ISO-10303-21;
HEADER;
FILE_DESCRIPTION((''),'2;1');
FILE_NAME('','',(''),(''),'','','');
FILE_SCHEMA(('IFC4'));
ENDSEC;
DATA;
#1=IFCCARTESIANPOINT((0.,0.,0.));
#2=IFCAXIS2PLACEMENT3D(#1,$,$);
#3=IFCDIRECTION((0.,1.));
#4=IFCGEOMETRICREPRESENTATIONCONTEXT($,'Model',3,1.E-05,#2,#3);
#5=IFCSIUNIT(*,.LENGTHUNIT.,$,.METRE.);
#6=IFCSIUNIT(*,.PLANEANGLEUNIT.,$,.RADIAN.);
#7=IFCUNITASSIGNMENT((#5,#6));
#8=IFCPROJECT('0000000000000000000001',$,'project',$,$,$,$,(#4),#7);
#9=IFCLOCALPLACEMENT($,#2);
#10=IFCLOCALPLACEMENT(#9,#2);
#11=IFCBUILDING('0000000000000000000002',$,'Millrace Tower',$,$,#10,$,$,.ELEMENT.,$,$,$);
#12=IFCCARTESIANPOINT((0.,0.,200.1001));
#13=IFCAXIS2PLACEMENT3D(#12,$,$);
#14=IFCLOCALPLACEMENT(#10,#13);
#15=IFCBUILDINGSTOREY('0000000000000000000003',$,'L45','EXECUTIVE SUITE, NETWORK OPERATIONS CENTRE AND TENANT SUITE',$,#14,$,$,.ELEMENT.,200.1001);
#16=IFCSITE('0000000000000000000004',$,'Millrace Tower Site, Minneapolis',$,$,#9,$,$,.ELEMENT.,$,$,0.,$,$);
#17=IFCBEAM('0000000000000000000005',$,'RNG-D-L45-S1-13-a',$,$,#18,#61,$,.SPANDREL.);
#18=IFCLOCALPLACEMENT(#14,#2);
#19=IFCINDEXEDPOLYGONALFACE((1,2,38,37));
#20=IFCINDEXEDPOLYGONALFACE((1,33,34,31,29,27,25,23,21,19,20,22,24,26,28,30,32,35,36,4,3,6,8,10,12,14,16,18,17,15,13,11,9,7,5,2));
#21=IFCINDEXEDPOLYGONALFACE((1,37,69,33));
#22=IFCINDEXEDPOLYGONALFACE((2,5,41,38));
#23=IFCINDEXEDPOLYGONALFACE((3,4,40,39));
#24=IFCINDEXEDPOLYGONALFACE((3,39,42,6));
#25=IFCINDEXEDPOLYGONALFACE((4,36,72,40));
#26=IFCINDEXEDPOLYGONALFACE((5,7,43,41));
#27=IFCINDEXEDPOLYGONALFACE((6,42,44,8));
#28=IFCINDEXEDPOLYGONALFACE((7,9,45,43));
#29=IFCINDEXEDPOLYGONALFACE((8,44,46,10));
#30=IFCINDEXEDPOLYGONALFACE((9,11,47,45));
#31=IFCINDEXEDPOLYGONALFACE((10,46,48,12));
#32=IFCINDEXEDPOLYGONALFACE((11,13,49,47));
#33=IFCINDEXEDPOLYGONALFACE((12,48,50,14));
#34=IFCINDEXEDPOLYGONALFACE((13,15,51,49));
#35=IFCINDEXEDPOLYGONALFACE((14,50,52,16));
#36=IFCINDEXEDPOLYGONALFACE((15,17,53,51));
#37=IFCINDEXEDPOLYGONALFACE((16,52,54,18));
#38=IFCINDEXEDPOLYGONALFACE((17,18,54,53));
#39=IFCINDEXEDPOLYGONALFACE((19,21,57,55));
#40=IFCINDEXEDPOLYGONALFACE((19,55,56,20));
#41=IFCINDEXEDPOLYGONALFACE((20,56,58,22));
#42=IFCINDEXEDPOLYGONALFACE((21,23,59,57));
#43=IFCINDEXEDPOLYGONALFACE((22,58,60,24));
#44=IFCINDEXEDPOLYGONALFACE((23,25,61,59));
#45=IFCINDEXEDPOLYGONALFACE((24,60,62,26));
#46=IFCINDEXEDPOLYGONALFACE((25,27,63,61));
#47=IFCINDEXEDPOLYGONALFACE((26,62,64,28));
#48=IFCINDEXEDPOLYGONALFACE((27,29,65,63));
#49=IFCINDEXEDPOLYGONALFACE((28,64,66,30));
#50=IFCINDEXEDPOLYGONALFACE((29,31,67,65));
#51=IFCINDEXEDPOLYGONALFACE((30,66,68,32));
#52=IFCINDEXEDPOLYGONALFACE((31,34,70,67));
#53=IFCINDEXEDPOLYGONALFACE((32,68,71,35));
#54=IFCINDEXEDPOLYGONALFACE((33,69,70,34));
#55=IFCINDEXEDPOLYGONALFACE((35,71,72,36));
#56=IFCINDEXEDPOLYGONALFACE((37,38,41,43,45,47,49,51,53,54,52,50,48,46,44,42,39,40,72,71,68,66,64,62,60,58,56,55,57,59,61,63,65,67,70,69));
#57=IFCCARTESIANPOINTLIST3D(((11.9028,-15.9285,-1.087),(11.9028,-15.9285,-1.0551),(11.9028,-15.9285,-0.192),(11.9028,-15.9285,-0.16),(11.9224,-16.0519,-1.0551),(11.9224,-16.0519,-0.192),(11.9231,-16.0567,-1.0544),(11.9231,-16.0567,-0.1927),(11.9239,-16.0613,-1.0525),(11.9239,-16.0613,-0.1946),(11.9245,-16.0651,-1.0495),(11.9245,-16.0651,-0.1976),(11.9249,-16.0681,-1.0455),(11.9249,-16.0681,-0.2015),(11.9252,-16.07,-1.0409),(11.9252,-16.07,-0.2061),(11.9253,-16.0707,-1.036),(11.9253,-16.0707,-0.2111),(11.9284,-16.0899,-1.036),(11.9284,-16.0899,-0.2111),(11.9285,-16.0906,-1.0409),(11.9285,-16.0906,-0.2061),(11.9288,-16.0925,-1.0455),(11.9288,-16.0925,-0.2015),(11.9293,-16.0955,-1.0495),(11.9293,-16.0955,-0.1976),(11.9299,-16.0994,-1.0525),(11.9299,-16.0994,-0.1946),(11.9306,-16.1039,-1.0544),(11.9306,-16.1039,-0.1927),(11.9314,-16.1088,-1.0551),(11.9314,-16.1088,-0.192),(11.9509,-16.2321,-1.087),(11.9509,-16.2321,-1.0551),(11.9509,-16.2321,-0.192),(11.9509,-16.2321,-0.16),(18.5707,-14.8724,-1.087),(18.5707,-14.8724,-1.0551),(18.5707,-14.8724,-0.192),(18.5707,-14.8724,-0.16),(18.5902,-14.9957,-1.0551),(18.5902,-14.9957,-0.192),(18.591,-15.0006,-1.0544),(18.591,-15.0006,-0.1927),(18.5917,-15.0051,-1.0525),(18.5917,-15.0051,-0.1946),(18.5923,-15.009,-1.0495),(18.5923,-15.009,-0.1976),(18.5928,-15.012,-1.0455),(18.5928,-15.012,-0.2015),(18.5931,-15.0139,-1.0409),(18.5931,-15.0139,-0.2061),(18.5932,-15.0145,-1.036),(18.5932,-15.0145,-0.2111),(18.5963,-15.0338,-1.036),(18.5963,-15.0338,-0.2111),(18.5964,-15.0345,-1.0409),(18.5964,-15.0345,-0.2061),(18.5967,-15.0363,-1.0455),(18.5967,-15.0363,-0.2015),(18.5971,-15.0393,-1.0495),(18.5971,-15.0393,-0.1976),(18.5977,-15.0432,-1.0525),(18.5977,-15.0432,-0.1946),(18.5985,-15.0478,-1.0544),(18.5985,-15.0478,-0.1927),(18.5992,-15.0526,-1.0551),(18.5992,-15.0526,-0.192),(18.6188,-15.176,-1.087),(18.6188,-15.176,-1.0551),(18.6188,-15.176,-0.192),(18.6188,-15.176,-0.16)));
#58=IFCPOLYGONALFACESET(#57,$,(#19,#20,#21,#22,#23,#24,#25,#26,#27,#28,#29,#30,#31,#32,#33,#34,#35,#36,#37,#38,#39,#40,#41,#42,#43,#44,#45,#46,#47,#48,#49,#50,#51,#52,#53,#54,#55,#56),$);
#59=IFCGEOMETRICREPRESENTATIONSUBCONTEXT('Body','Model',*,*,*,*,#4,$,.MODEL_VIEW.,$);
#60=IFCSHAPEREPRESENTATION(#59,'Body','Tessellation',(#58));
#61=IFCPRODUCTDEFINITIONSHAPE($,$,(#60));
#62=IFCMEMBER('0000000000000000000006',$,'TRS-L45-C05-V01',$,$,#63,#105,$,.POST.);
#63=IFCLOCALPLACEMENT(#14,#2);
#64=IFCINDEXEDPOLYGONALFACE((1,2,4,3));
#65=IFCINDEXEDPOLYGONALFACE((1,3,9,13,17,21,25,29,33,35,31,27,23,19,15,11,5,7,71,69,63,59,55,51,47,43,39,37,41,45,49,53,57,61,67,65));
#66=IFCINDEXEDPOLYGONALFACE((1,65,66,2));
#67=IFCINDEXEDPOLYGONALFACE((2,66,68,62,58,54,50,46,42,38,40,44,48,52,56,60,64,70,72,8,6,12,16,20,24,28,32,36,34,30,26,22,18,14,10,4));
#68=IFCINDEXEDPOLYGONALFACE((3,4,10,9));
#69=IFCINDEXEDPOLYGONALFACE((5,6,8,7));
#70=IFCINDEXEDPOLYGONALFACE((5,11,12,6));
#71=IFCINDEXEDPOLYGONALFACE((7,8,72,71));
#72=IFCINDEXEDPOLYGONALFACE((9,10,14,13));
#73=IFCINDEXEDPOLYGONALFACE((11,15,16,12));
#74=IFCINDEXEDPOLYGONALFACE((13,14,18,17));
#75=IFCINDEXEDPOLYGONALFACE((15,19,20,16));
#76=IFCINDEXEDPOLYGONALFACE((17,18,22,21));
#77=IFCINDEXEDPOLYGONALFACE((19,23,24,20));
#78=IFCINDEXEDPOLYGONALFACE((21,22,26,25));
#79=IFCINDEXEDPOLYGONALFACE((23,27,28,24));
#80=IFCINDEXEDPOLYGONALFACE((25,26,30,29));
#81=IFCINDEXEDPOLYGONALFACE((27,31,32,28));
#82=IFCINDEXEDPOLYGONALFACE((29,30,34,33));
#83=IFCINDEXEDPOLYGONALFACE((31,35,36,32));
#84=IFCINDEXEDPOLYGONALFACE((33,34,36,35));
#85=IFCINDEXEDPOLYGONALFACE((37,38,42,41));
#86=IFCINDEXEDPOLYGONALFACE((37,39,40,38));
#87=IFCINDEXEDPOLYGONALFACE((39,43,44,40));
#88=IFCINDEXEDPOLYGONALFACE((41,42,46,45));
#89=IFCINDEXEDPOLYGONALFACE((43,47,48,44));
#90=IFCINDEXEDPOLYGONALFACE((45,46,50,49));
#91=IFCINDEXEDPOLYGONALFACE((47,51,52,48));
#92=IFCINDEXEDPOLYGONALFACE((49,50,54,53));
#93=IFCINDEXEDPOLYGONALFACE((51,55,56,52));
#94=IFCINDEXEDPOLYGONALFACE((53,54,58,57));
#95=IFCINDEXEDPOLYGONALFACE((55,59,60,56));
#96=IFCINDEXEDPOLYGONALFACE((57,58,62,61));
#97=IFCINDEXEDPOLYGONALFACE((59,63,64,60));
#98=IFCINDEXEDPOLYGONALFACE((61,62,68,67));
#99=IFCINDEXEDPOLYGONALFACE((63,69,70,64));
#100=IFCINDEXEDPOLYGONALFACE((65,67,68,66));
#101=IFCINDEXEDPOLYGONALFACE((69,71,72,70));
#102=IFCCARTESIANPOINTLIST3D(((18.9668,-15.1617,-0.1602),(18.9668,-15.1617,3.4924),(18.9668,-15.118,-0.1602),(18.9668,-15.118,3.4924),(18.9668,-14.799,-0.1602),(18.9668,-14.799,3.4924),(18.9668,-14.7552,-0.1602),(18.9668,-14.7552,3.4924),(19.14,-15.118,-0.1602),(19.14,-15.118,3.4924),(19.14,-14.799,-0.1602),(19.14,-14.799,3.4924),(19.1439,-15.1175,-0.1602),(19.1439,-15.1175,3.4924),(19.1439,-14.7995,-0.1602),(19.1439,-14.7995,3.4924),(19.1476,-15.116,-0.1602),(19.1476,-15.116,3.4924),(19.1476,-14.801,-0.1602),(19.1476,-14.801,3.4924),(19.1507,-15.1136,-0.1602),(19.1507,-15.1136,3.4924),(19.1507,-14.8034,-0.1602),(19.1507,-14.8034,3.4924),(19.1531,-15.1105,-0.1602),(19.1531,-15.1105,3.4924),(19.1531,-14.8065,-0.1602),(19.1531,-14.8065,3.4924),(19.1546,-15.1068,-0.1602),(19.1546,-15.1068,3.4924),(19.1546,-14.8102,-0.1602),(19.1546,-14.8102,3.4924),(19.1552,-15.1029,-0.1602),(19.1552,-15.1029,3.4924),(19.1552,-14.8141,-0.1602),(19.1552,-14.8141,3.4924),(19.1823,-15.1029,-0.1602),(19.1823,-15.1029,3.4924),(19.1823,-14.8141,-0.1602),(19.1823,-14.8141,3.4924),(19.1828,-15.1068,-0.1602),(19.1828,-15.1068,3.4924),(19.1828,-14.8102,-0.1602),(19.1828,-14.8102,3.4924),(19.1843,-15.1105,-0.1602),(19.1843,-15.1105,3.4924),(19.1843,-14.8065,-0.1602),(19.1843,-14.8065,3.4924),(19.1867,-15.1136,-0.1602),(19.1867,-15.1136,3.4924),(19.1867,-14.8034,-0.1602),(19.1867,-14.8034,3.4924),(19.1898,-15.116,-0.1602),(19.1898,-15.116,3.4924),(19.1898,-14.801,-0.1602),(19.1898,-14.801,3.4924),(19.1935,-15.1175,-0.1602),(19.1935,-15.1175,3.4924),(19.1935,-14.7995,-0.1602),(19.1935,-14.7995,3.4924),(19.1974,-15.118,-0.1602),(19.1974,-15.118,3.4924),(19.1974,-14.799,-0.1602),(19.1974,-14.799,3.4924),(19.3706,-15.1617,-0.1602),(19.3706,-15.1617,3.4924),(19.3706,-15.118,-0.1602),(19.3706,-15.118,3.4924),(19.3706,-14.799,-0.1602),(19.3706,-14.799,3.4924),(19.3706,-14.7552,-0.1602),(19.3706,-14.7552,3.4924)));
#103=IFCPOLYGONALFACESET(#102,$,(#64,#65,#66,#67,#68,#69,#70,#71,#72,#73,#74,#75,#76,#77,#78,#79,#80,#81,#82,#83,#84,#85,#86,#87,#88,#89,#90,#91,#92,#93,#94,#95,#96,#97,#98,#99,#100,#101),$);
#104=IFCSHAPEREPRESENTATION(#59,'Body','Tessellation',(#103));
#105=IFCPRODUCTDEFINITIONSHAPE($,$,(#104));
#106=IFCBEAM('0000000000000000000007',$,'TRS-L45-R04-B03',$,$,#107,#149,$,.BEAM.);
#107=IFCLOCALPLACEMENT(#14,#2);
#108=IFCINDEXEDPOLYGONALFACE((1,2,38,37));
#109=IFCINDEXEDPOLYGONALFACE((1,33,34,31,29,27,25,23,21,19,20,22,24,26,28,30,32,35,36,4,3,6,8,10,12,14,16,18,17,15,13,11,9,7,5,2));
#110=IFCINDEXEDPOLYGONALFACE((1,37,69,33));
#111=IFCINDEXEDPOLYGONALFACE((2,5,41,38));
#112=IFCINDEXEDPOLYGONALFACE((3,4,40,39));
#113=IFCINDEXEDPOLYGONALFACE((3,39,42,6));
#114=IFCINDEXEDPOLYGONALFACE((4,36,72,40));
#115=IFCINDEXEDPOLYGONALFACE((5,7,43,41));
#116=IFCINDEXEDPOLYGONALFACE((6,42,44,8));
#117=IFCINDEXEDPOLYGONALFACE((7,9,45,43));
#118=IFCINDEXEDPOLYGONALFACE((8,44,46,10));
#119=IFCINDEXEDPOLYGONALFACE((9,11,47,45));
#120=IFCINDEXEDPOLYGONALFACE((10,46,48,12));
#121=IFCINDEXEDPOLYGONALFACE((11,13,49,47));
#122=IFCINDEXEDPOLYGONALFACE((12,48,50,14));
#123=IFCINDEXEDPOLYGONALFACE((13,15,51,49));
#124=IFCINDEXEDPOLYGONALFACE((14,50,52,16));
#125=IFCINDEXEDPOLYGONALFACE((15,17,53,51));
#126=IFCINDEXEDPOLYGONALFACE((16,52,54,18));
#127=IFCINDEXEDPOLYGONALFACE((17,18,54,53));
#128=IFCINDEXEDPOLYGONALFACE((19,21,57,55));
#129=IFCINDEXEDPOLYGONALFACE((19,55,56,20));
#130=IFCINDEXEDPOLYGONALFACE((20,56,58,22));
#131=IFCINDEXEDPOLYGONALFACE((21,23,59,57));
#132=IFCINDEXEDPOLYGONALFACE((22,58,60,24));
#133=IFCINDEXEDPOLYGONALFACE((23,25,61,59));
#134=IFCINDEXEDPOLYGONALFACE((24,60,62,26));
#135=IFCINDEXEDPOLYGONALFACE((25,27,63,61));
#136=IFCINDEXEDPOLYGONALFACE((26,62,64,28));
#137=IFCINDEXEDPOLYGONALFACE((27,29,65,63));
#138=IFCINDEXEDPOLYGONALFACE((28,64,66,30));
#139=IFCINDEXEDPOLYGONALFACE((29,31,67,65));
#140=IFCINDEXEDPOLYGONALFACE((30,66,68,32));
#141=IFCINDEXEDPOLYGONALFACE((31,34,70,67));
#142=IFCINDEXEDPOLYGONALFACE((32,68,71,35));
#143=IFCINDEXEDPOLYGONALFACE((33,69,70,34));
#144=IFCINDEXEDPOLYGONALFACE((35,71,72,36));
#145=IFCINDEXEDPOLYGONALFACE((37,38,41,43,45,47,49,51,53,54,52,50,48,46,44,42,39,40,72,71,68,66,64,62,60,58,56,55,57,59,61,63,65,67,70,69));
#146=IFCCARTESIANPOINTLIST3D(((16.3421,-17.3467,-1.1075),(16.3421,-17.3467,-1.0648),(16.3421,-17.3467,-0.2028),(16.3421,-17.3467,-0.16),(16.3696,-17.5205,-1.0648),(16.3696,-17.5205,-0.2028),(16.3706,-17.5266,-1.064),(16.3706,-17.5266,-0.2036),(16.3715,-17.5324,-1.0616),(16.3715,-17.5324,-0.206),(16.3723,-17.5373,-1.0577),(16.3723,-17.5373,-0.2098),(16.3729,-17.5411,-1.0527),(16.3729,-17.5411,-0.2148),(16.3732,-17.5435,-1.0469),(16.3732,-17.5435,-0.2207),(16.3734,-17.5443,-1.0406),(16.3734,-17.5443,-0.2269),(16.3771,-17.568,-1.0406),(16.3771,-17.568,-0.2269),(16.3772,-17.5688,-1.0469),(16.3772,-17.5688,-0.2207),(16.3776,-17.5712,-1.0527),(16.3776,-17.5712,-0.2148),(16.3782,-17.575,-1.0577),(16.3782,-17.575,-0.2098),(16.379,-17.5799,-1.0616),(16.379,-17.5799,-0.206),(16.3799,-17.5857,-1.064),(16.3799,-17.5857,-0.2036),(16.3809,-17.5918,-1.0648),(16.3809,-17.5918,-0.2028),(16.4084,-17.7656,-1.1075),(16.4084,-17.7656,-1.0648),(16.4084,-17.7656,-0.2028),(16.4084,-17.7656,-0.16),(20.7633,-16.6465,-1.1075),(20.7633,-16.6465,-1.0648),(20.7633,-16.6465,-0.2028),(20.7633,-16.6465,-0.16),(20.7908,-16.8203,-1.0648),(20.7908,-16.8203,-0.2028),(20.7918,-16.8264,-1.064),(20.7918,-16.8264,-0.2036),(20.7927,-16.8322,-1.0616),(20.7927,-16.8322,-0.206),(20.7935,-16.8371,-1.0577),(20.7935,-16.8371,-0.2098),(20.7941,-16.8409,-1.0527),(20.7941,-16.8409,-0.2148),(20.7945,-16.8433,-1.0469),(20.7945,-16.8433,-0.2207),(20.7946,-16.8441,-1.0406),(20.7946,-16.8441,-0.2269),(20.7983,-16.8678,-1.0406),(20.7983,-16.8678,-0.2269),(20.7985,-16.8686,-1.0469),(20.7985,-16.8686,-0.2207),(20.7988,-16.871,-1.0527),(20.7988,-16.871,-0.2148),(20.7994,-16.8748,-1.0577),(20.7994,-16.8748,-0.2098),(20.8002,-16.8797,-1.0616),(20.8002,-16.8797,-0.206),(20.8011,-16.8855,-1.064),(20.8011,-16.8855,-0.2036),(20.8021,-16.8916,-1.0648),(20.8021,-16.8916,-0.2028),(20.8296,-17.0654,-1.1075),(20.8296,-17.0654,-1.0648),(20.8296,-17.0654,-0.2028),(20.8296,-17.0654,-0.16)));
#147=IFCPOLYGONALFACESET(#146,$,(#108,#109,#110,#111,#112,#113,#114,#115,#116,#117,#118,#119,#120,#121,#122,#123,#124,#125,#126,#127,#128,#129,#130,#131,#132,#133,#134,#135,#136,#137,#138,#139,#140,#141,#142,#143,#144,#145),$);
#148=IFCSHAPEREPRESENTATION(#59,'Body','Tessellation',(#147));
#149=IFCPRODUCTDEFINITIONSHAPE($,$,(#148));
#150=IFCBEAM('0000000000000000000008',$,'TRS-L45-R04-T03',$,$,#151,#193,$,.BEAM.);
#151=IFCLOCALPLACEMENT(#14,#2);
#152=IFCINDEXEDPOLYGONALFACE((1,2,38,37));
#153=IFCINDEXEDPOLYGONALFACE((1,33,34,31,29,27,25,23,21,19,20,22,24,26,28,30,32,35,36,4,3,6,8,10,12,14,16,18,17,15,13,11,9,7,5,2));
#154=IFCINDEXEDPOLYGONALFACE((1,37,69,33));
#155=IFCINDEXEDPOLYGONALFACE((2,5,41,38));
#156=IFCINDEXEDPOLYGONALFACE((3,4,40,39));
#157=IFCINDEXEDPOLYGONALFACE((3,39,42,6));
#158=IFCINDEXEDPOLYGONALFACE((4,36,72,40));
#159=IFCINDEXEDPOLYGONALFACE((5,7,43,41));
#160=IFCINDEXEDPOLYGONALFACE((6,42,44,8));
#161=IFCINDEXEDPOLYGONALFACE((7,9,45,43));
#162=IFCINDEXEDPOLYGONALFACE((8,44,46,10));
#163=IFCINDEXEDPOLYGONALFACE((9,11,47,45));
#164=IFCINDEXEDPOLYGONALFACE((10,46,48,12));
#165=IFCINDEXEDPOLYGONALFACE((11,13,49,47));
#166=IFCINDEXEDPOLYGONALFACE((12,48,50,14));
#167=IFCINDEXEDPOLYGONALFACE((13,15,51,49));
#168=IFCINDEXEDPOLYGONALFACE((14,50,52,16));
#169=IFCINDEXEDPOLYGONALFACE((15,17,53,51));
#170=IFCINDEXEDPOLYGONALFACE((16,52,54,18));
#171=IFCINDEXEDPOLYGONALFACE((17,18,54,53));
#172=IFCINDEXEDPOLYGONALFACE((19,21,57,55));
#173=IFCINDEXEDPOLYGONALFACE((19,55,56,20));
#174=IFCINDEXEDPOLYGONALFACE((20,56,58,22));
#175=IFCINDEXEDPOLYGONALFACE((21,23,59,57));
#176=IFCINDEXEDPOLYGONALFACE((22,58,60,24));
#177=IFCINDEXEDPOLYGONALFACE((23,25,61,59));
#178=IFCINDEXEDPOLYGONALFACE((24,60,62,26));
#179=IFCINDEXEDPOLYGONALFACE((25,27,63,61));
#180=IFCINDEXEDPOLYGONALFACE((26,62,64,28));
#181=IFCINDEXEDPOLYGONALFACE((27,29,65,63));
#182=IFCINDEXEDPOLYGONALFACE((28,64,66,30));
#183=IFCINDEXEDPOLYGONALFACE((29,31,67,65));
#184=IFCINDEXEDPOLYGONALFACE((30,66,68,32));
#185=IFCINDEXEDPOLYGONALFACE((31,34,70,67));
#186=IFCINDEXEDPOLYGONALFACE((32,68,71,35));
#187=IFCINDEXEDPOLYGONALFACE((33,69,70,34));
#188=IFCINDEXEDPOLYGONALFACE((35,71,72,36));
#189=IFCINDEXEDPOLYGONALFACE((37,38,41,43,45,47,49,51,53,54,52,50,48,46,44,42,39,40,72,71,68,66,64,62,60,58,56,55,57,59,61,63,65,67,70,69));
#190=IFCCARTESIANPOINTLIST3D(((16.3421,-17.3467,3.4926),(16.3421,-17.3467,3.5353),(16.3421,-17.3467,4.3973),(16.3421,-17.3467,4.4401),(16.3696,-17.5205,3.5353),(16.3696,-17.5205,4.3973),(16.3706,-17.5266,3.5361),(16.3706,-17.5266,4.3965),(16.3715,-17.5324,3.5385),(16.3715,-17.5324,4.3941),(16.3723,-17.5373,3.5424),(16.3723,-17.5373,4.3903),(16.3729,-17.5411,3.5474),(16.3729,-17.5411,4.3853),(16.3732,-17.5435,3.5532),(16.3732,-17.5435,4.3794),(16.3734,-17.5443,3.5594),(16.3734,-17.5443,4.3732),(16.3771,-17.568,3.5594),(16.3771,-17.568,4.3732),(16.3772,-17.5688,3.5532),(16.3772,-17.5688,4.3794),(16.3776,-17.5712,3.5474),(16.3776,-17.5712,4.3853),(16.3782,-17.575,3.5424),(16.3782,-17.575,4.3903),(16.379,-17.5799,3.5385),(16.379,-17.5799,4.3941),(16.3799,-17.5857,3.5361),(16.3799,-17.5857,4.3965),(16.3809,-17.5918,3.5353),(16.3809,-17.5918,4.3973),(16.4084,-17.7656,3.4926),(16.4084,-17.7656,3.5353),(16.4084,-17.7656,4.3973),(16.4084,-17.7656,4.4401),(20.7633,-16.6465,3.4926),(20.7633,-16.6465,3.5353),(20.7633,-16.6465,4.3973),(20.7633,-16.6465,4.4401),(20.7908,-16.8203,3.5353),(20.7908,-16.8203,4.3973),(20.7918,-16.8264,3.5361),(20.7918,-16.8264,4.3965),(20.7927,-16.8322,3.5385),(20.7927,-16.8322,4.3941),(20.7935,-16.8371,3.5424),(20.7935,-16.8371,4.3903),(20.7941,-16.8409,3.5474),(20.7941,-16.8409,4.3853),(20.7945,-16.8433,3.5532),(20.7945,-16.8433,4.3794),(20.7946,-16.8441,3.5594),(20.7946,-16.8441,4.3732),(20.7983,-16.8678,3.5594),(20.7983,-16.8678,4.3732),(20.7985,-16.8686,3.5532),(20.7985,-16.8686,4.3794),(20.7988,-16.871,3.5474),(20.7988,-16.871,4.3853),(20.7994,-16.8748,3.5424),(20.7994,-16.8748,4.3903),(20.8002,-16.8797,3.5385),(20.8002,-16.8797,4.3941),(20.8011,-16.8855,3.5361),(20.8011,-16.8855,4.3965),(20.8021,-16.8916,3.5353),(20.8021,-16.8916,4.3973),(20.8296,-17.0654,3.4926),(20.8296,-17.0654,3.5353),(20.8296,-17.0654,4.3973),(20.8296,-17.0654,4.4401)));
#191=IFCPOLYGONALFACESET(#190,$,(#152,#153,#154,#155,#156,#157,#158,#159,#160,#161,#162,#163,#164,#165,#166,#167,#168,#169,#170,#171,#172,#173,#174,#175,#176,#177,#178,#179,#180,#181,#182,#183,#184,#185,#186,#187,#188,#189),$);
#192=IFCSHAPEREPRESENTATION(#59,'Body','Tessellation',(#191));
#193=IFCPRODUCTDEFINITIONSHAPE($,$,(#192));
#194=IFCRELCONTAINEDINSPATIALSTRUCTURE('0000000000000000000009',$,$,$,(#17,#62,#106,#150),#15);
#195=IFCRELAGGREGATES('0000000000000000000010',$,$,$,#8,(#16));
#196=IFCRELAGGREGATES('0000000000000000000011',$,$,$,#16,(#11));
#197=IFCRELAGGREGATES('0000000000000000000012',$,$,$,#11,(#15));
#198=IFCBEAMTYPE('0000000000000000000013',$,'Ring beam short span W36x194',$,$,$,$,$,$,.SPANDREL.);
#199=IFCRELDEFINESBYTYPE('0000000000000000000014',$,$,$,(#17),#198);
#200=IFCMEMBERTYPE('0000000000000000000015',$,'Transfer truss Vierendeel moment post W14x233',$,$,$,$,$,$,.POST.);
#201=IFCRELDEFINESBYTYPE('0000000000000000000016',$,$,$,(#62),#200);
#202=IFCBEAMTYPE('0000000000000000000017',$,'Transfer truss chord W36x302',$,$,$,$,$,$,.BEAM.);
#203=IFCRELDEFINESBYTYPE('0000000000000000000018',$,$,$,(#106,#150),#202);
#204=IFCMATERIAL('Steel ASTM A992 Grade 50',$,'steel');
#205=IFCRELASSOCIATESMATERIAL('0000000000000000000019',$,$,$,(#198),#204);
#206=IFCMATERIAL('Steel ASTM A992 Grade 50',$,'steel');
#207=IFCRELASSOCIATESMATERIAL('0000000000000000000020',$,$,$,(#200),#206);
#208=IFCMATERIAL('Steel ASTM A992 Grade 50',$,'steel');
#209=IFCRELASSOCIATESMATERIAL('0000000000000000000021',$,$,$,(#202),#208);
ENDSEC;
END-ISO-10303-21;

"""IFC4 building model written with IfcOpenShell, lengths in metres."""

from ifc_helpers import new_model, si_unit, direction, frame, origin, origin_2d, place, context, subcontext, project, spatial, i_section, extrude, material, material_profile, profile_set, type_object, element, save


model = new_model("IFC4")

# Units and contexts
model_context = context("Model", 3, precision=1e-05, world=origin(), true_north=direction((0.0, 1.0)))
body_context = subcontext(model_context, "Body", "Model", "MODEL_VIEW")
ifc_project = project(units=[si_unit("LENGTHUNIT", "METRE"), si_unit("PLANEANGLEUNIT", "RADIAN")], contexts=[model_context])

# Site, building, storey
site_placement = place(None, origin())
site = spatial("IfcSite", under=ifc_project, at=site_placement, Name="Millrace Tower Site, Minneapolis", CompositionType="ELEMENT", RefElevation=0.0)
building_placement = place(site_placement, origin())
building = spatial("IfcBuilding", under=site, at=building_placement, Name="Millrace Tower", CompositionType="ELEMENT")
storey_placement = place(building_placement, frame((0.0, 0.0, 200.1001)))
storey = spatial("IfcBuildingStorey", under=building, at=storey_placement, Name="L45", Description="EXECUTIVE SUITE, NETWORK OPERATIONS CENTRE AND TENANT SUITE", CompositionType="ELEMENT", Elevation=200.1001)

# Beam
ifc_material_1 = material(Name="Steel ASTM A992 Grade 50", Category="steel")
ifc_material_profile_1 = material_profile(ifc_material_1, i_section(OverallWidth=0.3074, OverallDepth=0.927, WebThickness=0.0195, FlangeThickness=0.032, FilletRadius=0.019, at=origin_2d()))
ifc_profile_set_1 = profile_set([ifc_material_profile_1], Name="Steel ASTM A992 Grade 50")
beam_type_1 = type_object("IfcBeamType", Name="Ring beam short span W36x194", PredefinedType="SPANDREL", material=ifc_profile_set_1)
beam_1_placement = place(storey_placement, frame((18.5947, -15.0242, -0.6235), z_axis=(-0.987687, -0.156442, 0.0), x_axis=(0.156442, -0.987687, 0.0)))
element("IfcBeam", 1, at=beam_1_placement, inside=storey, type_object=beam_type_1, Name="RNG-D-L45-S1-13-a", PredefinedType="SPANDREL", context=body_context, shape_type="SweptSolid", body=[
    extrude(i_section(OverallWidth=0.3074, OverallDepth=0.927, WebThickness=0.0195, FlangeThickness=0.032, FilletRadius=0.019, at=origin_2d()), origin(), (0.0, 0.0, 1.0), 6.751),
])

# Member
ifc_material_2 = material(Name="Steel ASTM A992 Grade 50", Category="steel")
ifc_material_profile_2 = material_profile(ifc_material_2, i_section(OverallWidth=0.4038, OverallDepth=0.4065, WebThickness=0.0271, FlangeThickness=0.0437, FilletRadius=0.0151, at=origin_2d()))
ifc_profile_set_2 = profile_set([ifc_material_profile_2], Name="Steel ASTM A992 Grade 50")
member_type_1 = type_object("IfcMemberType", Name="Transfer truss Vierendeel moment post W14x233", PredefinedType="POST", material=ifc_profile_set_2)
member_1_placement = place(storey_placement, frame((19.1687, -14.9585, -0.1602), z_axis=(0.0, 0.0, 1.0), x_axis=(1.0, 0.0, 0.0)))
element("IfcMember", 2, at=member_1_placement, inside=storey, type_object=member_type_1, Name="TRS-L45-C05-V01", PredefinedType="POST", context=body_context, shape_type="SweptSolid", body=[
    extrude(i_section(OverallWidth=0.4038, OverallDepth=0.4065, WebThickness=0.0271, FlangeThickness=0.0437, FilletRadius=0.0151, at=origin_2d()), origin(), (0.0, 0.0, 1.0), 3.6526),
])

# Beams
ifc_material_3 = material(Name="Steel ASTM A992 Grade 50", Category="steel")
ifc_material_profile_3 = material_profile(ifc_material_3, i_section(OverallWidth=0.4241, OverallDepth=0.9475, WebThickness=0.0239, FlangeThickness=0.0427, FilletRadius=0.0242, at=origin_2d()))
ifc_profile_set_3 = profile_set([ifc_material_profile_3], Name="Steel ASTM A992 Grade 50")
beam_type_2 = type_object("IfcBeamType", Name="Transfer truss chord W36x302", PredefinedType="BEAM", material=ifc_profile_set_3)
for number, where, z_axis, x_axis, name in (
    (3, (16.3752, -17.5562, -0.6338), (0.98769, 0.156425, 0.0), (-0.156425, 0.98769, 0.0), "TRS-L45-R04-B03"),
    (4, (16.3752, -17.5562, 3.9663), (0.98769, 0.156425, 0.0), (-0.156425, 0.98769, 0.0), "TRS-L45-R04-T03"),
):
    element("IfcBeam", number, at=place(storey_placement, frame(where, z_axis=z_axis, x_axis=x_axis)), inside=storey, type_object=beam_type_2, Name=name, PredefinedType="BEAM", context=body_context, shape_type="SweptSolid", body=[
        extrude(i_section(OverallWidth=0.4241, OverallDepth=0.9475, WebThickness=0.0239, FlangeThickness=0.0427, FilletRadius=0.0242, at=origin_2d()), origin(), (0.0, 0.0, 1.0), 4.4763),
    ])

save(model, "model.ifc")
